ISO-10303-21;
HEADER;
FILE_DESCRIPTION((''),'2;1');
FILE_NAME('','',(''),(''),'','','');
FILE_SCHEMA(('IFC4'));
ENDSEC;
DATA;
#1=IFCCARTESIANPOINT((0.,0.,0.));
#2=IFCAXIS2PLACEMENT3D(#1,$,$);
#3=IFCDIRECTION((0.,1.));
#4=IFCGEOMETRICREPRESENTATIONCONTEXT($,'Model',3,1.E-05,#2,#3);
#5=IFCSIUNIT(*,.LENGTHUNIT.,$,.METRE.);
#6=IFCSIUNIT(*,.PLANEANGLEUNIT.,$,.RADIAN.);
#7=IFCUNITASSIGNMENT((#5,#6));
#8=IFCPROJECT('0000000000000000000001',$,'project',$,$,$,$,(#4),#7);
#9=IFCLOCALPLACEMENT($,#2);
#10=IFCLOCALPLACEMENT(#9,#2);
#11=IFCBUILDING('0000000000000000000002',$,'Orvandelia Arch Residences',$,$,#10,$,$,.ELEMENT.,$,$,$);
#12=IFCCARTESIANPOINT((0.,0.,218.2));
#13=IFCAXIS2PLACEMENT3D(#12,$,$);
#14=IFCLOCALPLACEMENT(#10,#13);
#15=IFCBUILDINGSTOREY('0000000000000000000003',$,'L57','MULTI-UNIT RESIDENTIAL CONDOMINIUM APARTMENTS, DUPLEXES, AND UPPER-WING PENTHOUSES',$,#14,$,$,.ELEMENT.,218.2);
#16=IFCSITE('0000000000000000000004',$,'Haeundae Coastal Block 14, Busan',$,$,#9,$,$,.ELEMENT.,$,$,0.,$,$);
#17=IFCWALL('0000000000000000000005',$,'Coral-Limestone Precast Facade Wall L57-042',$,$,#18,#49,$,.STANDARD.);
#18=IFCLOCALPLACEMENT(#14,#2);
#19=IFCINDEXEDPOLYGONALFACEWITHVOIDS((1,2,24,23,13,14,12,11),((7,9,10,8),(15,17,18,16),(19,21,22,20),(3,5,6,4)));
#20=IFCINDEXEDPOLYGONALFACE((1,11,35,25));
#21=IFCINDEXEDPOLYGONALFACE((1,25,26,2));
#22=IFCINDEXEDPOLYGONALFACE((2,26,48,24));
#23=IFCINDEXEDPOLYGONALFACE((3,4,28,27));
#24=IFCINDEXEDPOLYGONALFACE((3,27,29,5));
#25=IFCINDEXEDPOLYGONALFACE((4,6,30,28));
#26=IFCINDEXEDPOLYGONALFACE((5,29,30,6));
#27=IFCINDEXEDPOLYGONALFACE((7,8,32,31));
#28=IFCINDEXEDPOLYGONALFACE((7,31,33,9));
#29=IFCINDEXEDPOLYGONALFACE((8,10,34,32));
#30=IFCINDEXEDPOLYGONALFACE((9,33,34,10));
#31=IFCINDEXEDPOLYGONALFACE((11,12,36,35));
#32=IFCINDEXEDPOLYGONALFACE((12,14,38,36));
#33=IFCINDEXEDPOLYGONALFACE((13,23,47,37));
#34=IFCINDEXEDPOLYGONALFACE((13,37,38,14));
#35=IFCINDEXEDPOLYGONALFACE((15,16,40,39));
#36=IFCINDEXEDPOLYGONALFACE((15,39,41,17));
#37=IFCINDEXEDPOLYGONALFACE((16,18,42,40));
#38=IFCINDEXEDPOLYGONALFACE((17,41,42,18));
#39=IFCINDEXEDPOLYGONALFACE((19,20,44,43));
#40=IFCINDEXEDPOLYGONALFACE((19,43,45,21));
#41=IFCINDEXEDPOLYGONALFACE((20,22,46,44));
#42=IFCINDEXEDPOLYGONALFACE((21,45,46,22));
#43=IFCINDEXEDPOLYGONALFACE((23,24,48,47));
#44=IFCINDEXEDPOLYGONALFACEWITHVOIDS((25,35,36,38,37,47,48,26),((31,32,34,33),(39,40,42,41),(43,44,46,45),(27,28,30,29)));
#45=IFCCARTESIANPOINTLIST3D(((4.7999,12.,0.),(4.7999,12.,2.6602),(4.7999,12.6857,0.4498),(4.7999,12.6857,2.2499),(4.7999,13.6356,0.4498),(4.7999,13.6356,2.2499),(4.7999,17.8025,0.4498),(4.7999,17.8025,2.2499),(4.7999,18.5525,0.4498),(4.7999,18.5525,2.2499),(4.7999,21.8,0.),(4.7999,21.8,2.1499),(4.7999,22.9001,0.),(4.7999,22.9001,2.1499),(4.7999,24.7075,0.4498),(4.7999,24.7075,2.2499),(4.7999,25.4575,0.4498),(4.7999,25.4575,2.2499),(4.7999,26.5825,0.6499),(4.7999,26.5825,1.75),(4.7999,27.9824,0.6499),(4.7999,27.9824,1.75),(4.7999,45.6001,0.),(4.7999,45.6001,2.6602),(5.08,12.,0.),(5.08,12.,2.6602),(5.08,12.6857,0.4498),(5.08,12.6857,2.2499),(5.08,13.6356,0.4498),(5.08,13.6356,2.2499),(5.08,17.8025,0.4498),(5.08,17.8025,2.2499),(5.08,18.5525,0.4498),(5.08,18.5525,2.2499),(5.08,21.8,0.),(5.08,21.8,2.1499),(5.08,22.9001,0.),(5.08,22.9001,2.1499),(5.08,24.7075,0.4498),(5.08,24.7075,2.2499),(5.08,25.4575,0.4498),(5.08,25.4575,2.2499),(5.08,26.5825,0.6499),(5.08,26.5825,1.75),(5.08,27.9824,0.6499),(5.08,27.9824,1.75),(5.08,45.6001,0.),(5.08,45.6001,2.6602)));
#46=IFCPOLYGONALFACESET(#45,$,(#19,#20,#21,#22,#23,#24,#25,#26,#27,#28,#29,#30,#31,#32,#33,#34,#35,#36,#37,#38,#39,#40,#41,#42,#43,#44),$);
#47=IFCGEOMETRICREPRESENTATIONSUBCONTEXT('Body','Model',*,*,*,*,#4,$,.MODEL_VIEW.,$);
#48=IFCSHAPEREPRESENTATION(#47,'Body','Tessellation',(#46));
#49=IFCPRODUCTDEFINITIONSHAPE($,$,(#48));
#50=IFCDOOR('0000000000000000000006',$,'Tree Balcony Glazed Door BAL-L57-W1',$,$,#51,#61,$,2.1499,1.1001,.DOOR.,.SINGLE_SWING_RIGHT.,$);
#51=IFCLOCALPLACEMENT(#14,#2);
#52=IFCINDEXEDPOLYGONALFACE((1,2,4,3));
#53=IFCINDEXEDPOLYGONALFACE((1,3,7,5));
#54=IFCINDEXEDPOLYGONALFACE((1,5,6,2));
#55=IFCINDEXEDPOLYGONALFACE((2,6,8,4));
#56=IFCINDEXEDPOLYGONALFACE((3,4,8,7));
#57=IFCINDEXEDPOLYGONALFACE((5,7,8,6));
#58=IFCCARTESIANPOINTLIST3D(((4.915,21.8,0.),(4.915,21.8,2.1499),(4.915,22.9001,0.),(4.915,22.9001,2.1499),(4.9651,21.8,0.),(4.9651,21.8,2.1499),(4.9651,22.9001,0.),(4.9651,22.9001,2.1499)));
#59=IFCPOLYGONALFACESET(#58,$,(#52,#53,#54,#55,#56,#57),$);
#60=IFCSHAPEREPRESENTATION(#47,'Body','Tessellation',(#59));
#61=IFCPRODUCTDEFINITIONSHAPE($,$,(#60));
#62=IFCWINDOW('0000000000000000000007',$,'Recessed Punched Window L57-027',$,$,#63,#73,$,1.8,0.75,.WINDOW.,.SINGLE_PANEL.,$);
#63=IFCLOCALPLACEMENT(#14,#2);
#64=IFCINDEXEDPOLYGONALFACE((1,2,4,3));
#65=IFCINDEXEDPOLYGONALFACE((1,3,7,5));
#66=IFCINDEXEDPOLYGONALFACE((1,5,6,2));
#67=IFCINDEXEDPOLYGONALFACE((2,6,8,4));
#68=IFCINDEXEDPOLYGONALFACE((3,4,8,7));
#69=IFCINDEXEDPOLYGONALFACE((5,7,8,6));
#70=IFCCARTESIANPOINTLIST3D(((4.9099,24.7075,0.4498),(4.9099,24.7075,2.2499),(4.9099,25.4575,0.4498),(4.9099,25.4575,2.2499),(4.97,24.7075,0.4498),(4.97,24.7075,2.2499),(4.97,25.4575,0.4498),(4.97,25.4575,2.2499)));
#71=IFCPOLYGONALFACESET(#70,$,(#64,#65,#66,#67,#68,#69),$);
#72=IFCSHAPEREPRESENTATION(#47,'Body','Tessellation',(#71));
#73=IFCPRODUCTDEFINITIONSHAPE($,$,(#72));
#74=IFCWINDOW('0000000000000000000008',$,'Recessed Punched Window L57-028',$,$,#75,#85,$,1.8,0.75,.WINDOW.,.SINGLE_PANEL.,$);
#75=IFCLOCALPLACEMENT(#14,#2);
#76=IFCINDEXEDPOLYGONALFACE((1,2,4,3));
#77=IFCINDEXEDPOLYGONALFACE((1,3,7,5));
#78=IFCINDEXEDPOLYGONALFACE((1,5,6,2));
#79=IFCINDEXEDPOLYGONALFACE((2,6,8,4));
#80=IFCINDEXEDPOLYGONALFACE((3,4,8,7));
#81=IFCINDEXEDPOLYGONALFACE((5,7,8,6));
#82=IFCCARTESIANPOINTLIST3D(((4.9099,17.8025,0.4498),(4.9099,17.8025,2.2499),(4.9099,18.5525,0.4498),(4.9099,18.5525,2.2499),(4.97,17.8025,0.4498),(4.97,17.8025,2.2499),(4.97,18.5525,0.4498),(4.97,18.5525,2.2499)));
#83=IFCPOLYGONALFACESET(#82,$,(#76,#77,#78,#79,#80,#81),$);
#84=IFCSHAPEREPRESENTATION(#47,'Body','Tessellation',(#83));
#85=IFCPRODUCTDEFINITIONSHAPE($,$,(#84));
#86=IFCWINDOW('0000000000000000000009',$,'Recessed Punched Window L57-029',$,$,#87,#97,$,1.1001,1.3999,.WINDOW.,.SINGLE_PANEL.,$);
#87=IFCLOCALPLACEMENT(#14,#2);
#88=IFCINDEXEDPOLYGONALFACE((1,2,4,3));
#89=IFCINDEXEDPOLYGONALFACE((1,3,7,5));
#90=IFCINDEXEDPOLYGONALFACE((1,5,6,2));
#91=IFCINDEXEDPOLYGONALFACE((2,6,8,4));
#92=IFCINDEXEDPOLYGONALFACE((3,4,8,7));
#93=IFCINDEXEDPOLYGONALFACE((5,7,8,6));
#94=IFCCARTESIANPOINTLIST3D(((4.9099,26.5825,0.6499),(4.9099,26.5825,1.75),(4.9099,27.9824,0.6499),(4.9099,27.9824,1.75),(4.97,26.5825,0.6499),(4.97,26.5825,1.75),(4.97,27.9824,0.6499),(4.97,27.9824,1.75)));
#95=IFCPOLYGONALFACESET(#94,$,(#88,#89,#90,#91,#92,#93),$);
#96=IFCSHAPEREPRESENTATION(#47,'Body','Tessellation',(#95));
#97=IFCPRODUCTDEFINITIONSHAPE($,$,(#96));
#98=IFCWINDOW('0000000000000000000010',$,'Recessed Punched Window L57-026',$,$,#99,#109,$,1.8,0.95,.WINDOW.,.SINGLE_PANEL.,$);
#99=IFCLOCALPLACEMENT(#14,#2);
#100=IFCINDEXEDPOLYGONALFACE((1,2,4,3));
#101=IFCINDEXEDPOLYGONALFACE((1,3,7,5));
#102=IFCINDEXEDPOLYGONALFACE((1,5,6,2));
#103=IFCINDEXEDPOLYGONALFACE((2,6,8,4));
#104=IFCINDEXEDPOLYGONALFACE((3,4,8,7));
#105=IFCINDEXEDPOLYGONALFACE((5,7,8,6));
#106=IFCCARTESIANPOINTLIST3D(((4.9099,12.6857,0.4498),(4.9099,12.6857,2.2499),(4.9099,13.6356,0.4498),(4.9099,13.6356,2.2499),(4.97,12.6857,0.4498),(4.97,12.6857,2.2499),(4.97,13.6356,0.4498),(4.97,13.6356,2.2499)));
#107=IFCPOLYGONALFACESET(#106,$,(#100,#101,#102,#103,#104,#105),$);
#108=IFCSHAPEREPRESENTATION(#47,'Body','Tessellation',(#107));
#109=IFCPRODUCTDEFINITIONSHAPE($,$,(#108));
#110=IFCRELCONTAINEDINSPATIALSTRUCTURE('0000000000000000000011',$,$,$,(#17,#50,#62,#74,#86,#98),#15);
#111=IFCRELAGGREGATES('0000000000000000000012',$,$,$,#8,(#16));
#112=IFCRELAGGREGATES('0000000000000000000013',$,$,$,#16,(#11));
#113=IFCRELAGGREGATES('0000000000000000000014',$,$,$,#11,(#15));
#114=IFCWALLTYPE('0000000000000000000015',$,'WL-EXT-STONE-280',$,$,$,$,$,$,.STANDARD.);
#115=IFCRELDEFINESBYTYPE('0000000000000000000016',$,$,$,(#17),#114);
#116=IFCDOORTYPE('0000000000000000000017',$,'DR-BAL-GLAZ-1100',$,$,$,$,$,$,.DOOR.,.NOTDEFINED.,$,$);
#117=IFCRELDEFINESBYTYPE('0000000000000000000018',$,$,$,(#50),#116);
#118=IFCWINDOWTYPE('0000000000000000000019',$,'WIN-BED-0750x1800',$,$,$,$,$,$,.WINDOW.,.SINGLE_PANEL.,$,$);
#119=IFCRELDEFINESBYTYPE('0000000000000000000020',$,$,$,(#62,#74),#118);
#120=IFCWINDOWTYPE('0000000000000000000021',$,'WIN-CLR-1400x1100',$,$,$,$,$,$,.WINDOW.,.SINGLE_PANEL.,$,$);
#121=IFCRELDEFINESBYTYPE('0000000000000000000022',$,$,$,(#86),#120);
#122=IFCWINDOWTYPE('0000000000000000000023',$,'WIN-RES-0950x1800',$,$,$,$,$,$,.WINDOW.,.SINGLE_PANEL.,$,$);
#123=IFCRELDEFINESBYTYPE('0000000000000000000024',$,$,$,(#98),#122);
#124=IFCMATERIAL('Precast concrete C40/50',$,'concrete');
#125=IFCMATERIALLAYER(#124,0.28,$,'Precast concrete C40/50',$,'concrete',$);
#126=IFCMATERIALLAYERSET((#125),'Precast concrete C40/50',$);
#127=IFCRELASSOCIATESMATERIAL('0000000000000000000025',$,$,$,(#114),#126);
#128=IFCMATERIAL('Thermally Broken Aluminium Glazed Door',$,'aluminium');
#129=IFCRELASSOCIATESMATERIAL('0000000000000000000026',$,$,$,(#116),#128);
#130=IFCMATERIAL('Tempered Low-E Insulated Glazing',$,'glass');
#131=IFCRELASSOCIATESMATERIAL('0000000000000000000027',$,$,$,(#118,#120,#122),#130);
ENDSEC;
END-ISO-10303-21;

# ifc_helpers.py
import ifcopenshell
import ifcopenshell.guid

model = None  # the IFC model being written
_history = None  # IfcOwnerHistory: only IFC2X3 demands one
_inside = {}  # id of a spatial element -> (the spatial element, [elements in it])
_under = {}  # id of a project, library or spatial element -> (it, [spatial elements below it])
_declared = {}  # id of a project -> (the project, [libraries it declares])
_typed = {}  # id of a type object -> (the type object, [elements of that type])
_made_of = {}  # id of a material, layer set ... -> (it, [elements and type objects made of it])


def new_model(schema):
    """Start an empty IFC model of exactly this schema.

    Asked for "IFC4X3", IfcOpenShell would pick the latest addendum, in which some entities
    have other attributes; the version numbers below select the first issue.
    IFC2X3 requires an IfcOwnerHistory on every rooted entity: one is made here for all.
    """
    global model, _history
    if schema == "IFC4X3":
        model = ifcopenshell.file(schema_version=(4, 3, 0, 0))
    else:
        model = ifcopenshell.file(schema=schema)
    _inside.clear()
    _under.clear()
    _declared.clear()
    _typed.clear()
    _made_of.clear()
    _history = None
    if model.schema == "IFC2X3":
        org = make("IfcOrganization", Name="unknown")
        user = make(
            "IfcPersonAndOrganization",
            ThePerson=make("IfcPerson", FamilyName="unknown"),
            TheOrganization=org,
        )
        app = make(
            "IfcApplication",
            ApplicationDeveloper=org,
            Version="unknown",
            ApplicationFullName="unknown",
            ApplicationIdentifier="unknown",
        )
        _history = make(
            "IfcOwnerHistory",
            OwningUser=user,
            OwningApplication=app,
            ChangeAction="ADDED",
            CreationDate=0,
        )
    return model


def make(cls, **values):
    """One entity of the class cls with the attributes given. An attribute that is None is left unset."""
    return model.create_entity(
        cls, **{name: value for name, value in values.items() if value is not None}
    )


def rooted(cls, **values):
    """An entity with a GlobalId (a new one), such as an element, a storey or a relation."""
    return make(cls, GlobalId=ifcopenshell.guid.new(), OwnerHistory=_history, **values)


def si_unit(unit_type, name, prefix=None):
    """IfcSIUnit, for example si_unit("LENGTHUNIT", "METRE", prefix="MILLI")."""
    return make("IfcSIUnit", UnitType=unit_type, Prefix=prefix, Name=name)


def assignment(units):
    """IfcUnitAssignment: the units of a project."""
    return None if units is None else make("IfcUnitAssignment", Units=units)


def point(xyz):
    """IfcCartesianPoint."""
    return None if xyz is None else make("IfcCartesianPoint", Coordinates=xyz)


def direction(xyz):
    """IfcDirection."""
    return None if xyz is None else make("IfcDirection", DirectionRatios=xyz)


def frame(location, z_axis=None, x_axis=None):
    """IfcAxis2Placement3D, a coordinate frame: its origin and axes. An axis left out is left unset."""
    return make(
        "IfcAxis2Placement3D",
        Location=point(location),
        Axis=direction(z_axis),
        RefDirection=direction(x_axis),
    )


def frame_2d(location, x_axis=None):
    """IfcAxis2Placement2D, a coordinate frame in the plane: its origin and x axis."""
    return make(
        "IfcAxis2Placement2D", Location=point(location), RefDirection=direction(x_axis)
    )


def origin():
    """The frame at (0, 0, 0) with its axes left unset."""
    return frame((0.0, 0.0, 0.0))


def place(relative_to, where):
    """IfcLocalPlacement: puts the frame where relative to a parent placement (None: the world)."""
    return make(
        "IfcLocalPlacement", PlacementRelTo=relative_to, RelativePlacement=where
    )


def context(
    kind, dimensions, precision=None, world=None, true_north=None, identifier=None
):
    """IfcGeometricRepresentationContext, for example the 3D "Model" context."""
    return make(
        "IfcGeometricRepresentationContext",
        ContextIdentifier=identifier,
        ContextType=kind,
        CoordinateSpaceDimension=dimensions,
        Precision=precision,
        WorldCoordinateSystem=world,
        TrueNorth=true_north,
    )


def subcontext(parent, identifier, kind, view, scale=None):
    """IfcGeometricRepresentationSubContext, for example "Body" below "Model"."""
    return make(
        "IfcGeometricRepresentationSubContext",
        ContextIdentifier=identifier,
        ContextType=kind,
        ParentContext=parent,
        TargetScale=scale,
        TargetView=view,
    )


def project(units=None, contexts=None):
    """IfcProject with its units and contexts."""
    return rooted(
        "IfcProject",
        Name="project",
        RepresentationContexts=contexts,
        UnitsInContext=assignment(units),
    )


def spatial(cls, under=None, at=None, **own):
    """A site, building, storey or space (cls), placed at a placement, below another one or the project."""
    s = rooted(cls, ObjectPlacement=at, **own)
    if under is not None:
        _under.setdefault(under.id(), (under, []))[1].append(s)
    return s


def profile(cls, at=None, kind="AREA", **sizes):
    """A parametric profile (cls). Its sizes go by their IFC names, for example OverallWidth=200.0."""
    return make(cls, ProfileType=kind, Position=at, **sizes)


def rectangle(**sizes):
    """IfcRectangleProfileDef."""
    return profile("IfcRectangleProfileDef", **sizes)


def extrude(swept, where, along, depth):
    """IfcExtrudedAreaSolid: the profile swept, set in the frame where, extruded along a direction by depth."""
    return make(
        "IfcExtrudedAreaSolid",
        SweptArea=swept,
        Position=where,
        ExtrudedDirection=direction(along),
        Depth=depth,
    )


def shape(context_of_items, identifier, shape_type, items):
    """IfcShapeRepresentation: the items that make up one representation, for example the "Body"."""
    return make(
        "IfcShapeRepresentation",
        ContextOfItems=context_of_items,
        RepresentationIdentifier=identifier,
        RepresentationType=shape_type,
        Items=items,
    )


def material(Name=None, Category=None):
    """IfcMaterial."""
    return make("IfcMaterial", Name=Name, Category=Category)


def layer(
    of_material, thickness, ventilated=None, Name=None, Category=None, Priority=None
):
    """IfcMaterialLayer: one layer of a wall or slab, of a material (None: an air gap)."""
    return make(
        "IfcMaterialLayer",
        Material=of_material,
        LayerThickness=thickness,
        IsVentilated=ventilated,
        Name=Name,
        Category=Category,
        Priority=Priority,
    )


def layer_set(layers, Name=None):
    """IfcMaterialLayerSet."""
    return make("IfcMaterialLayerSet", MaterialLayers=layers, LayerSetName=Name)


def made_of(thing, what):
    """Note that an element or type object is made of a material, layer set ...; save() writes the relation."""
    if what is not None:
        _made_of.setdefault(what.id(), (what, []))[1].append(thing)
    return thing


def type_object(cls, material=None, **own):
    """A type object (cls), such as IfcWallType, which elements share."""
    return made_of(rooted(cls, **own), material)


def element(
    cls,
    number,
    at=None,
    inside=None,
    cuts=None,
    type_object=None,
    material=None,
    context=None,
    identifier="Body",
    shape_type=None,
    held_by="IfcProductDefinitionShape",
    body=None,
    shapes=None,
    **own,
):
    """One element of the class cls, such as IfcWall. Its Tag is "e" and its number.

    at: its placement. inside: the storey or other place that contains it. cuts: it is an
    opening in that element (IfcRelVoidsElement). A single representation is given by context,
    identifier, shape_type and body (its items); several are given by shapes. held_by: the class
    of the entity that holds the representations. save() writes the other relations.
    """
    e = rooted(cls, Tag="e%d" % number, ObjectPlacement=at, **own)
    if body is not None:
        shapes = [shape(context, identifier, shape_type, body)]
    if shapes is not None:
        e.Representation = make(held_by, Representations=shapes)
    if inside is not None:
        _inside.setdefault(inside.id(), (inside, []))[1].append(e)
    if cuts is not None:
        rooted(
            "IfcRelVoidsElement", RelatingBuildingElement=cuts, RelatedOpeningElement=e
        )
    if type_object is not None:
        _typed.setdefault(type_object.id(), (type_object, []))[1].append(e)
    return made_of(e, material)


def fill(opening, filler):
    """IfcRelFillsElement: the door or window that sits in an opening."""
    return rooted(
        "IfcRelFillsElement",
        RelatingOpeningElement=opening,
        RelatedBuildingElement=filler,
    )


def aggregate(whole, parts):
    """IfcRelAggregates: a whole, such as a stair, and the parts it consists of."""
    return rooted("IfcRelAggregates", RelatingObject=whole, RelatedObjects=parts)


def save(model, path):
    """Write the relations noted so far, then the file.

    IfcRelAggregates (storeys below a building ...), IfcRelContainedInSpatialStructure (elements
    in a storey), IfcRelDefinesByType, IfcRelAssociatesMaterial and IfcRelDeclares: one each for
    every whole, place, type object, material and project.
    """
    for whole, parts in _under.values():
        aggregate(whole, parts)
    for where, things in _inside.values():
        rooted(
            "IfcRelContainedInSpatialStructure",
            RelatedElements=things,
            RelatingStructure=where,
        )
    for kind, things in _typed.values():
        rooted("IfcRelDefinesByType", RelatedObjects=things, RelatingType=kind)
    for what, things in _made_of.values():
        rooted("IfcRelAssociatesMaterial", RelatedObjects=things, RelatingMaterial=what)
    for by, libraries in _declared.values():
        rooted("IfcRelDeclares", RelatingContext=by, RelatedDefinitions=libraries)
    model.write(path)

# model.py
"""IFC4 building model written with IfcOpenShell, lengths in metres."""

from ifc_helpers import new_model, si_unit, direction, frame, frame_2d, origin, place, context, subcontext, project, spatial, rectangle, extrude, material, layer, layer_set, type_object, element, fill, save


model = new_model("IFC4")

# Units and contexts
model_context = context("Model", 3, precision=1e-05, world=origin(), true_north=direction((0.0, 1.0)))
body_context = subcontext(model_context, "Body", "Model", "MODEL_VIEW")
ifc_project = project(units=[si_unit("LENGTHUNIT", "METRE"), si_unit("PLANEANGLEUNIT", "RADIAN")], contexts=[model_context])

# Site, building, storey
site_placement = place(None, origin())
site = spatial("IfcSite", under=ifc_project, at=site_placement, Name="Haeundae Coastal Block 14, Busan", CompositionType="ELEMENT", RefElevation=0.0)
building_placement = place(site_placement, origin())
building = spatial("IfcBuilding", under=site, at=building_placement, Name="Orvandelia Arch Residences", CompositionType="ELEMENT")
storey_placement = place(building_placement, frame((0.0, 0.0, 218.2)))
storey = spatial("IfcBuildingStorey", under=building, at=storey_placement, Name="L57", Description="MULTI-UNIT RESIDENTIAL CONDOMINIUM APARTMENTS, DUPLEXES, AND UPPER-WING PENTHOUSES", CompositionType="ELEMENT", Elevation=218.2)

# Shared definitions
ifc_material_1 = material(Name="Precast concrete C40/50", Category="concrete")

# Shared definitions
ifc_layer_1 = layer(ifc_material_1, 0.28, Name="Precast concrete C40/50", Category="concrete")
ifc_layer_set_1 = layer_set([ifc_layer_1], Name="Precast concrete C40/50")
wall_type_1 = type_object("IfcWallType", Name="WL-EXT-STONE-280", PredefinedType="STANDARD", material=ifc_layer_set_1)

# Wall, openings, door, windows
wall_1_placement = place(storey_placement, frame((4.9399, 12.0, 0.0), z_axis=(0.0, 0.0, 1.0), x_axis=(0.0, 1.0, 0.0)))
wall_1 = element("IfcWall", 1, at=wall_1_placement, inside=storey, type_object=wall_type_1, Name="Coral-Limestone Precast Facade Wall L57-042", PredefinedType="STANDARD", context=body_context, shape_type="SweptSolid", body=[
    extrude(rectangle(XDim=33.6001, YDim=0.28, at=frame_2d((16.8, 0.0))), origin(), (0.0, 0.0, 1.0), 2.6602),
])
opening_1_placement = place(wall_1_placement, frame((9.8, 0.0, 0.0)))
opening_1 = element("IfcOpeningElement", 2, at=opening_1_placement, cuts=wall_1, PredefinedType="OPENING", context=body_context, shape_type="SweptSolid", body=[
    extrude(rectangle(XDim=1.1001, YDim=2.1499, at=frame_2d((0.55, 1.075))), frame((0.0, 0.1499, 0.0), z_axis=(0.0, -1.0, 0.0), x_axis=(1.0, 0.0, 0.0)), (0.0, 0.0, 1.0), 0.3),
])
opening_2_placement = place(wall_1_placement, frame((0.6855, 0.0, 0.45)))
opening_2 = element("IfcOpeningElement", 3, at=opening_2_placement, cuts=wall_1, PredefinedType="OPENING", context=body_context, shape_type="SweptSolid", body=[
    extrude(rectangle(XDim=0.95, YDim=1.8, at=frame_2d((0.4751, 0.8999))), frame((0.0, 0.1499, 0.0), z_axis=(0.0, -1.0, 0.0), x_axis=(1.0, 0.0, 0.0)), (0.0, 0.0, 1.0), 0.3),
])
opening_3_placement = place(wall_1_placement, frame((12.7075, 0.0, 0.45)))
opening_3 = element("IfcOpeningElement", 4, at=opening_3_placement, cuts=wall_1, PredefinedType="OPENING", context=body_context, shape_type="SweptSolid", body=[
    extrude(rectangle(XDim=0.75, YDim=1.8, at=frame_2d((0.375, 0.8999))), frame((0.0, 0.1499, 0.0), z_axis=(0.0, -1.0, 0.0), x_axis=(1.0, 0.0, 0.0)), (0.0, 0.0, 1.0), 0.3),
])
opening_4_placement = place(wall_1_placement, frame((5.8025, 0.0, 0.45)))
opening_4 = element("IfcOpeningElement", 5, at=opening_4_placement, cuts=wall_1, PredefinedType="OPENING", context=body_context, shape_type="SweptSolid", body=[
    extrude(rectangle(XDim=0.75, YDim=1.8, at=frame_2d((0.375, 0.8999))), frame((0.0, 0.1499, 0.0), z_axis=(0.0, -1.0, 0.0), x_axis=(1.0, 0.0, 0.0)), (0.0, 0.0, 1.0), 0.3),
])
opening_5_placement = place(wall_1_placement, frame((14.5825, 0.0, 0.6499)))
opening_5 = element("IfcOpeningElement", 6, at=opening_5_placement, cuts=wall_1, PredefinedType="OPENING", context=body_context, shape_type="SweptSolid", body=[
    extrude(rectangle(XDim=1.3999, YDim=1.1001, at=frame_2d((0.7, 0.55))), frame((0.0, 0.1499, 0.0), z_axis=(0.0, -1.0, 0.0), x_axis=(1.0, 0.0, 0.0)), (0.0, 0.0, 1.0), 0.3),
])
ifc_material_2 = material(Name="Thermally Broken Aluminium Glazed Door", Category="aluminium")
door_type_1 = type_object("IfcDoorType", Name="DR-BAL-GLAZ-1100", OperationType="NOTDEFINED", PredefinedType="DOOR", material=ifc_material_2)
door_1_placement = place(opening_1_placement, origin())
door_1 = element("IfcDoor", 7, at=door_1_placement, inside=storey, type_object=door_type_1, Name="Tree Balcony Glazed Door BAL-L57-W1", OperationType="SINGLE_SWING_RIGHT", OverallHeight=2.1499, OverallWidth=1.1001, PredefinedType="DOOR", context=body_context, shape_type="SweptSolid", body=[
    extrude(rectangle(XDim=1.1001, YDim=2.1499, at=frame_2d((0.55, 1.075))), frame((0.0, 0.0249, 0.0), z_axis=(0.0, -1.0, 0.0), x_axis=(1.0, 0.0, 0.0)), (0.0, 0.0, 1.0), 0.05),
])
fill(opening_1, door_1)
ifc_material_3 = material(Name="Tempered Low-E Insulated Glazing", Category="glass")
window_type_1 = type_object("IfcWindowType", Name="WIN-BED-0750x1800", PartitioningType="SINGLE_PANEL", PredefinedType="WINDOW", material=ifc_material_3)
window_1_placement = place(opening_3_placement, origin())
window_1 = element("IfcWindow", 8, at=window_1_placement, inside=storey, type_object=window_type_1, Name="Recessed Punched Window L57-027", OverallHeight=1.8, OverallWidth=0.75, PartitioningType="SINGLE_PANEL", PredefinedType="WINDOW", context=body_context, shape_type="SweptSolid", body=[
    extrude(rectangle(XDim=0.75, YDim=1.8, at=frame_2d((0.375, 0.8999))), frame((0.0, 0.03, 0.0), z_axis=(0.0, -1.0, 0.0), x_axis=(1.0, 0.0, 0.0)), (0.0, 0.0, 1.0), 0.0601),
])
fill(opening_3, window_1)
window_2_placement = place(opening_4_placement, origin())
window_2 = element("IfcWindow", 9, at=window_2_placement, inside=storey, type_object=window_type_1, Name="Recessed Punched Window L57-028", OverallHeight=1.8, OverallWidth=0.75, PartitioningType="SINGLE_PANEL", PredefinedType="WINDOW", context=body_context, shape_type="SweptSolid", body=[
    extrude(rectangle(XDim=0.75, YDim=1.8, at=frame_2d((0.375, 0.8999))), frame((0.0, 0.03, 0.0), z_axis=(0.0, -1.0, 0.0), x_axis=(1.0, 0.0, 0.0)), (0.0, 0.0, 1.0), 0.0601),
])
fill(opening_4, window_2)
window_type_2 = type_object("IfcWindowType", Name="WIN-CLR-1400x1100", PartitioningType="SINGLE_PANEL", PredefinedType="WINDOW", material=ifc_material_3)
window_3_placement = place(opening_5_placement, origin())
window_3 = element("IfcWindow", 10, at=window_3_placement, inside=storey, type_object=window_type_2, Name="Recessed Punched Window L57-029", OverallHeight=1.1001, OverallWidth=1.3999, PartitioningType="SINGLE_PANEL", PredefinedType="WINDOW", context=body_context, shape_type="SweptSolid", body=[
    extrude(rectangle(XDim=1.3999, YDim=1.1001, at=frame_2d((0.7, 0.55))), frame((0.0, 0.03, 0.0), z_axis=(0.0, -1.0, 0.0), x_axis=(1.0, 0.0, 0.0)), (0.0, 0.0, 1.0), 0.0601),
])
fill(opening_5, window_3)
window_type_3 = type_object("IfcWindowType", Name="WIN-RES-0950x1800", PartitioningType="SINGLE_PANEL", PredefinedType="WINDOW", material=ifc_material_3)
window_4_placement = place(opening_2_placement, origin())
window_4 = element("IfcWindow", 11, at=window_4_placement, inside=storey, type_object=window_type_3, Name="Recessed Punched Window L57-026", OverallHeight=1.8, OverallWidth=0.95, PartitioningType="SINGLE_PANEL", PredefinedType="WINDOW", context=body_context, shape_type="SweptSolid", body=[
    extrude(rectangle(XDim=0.95, YDim=1.8, at=frame_2d((0.4751, 0.8999))), frame((0.0, 0.03, 0.0), z_axis=(0.0, -1.0, 0.0), x_axis=(1.0, 0.0, 0.0)), (0.0, 0.0, 1.0), 0.0601),
])
fill(opening_2, window_4)

save(model, "model.ifc")
